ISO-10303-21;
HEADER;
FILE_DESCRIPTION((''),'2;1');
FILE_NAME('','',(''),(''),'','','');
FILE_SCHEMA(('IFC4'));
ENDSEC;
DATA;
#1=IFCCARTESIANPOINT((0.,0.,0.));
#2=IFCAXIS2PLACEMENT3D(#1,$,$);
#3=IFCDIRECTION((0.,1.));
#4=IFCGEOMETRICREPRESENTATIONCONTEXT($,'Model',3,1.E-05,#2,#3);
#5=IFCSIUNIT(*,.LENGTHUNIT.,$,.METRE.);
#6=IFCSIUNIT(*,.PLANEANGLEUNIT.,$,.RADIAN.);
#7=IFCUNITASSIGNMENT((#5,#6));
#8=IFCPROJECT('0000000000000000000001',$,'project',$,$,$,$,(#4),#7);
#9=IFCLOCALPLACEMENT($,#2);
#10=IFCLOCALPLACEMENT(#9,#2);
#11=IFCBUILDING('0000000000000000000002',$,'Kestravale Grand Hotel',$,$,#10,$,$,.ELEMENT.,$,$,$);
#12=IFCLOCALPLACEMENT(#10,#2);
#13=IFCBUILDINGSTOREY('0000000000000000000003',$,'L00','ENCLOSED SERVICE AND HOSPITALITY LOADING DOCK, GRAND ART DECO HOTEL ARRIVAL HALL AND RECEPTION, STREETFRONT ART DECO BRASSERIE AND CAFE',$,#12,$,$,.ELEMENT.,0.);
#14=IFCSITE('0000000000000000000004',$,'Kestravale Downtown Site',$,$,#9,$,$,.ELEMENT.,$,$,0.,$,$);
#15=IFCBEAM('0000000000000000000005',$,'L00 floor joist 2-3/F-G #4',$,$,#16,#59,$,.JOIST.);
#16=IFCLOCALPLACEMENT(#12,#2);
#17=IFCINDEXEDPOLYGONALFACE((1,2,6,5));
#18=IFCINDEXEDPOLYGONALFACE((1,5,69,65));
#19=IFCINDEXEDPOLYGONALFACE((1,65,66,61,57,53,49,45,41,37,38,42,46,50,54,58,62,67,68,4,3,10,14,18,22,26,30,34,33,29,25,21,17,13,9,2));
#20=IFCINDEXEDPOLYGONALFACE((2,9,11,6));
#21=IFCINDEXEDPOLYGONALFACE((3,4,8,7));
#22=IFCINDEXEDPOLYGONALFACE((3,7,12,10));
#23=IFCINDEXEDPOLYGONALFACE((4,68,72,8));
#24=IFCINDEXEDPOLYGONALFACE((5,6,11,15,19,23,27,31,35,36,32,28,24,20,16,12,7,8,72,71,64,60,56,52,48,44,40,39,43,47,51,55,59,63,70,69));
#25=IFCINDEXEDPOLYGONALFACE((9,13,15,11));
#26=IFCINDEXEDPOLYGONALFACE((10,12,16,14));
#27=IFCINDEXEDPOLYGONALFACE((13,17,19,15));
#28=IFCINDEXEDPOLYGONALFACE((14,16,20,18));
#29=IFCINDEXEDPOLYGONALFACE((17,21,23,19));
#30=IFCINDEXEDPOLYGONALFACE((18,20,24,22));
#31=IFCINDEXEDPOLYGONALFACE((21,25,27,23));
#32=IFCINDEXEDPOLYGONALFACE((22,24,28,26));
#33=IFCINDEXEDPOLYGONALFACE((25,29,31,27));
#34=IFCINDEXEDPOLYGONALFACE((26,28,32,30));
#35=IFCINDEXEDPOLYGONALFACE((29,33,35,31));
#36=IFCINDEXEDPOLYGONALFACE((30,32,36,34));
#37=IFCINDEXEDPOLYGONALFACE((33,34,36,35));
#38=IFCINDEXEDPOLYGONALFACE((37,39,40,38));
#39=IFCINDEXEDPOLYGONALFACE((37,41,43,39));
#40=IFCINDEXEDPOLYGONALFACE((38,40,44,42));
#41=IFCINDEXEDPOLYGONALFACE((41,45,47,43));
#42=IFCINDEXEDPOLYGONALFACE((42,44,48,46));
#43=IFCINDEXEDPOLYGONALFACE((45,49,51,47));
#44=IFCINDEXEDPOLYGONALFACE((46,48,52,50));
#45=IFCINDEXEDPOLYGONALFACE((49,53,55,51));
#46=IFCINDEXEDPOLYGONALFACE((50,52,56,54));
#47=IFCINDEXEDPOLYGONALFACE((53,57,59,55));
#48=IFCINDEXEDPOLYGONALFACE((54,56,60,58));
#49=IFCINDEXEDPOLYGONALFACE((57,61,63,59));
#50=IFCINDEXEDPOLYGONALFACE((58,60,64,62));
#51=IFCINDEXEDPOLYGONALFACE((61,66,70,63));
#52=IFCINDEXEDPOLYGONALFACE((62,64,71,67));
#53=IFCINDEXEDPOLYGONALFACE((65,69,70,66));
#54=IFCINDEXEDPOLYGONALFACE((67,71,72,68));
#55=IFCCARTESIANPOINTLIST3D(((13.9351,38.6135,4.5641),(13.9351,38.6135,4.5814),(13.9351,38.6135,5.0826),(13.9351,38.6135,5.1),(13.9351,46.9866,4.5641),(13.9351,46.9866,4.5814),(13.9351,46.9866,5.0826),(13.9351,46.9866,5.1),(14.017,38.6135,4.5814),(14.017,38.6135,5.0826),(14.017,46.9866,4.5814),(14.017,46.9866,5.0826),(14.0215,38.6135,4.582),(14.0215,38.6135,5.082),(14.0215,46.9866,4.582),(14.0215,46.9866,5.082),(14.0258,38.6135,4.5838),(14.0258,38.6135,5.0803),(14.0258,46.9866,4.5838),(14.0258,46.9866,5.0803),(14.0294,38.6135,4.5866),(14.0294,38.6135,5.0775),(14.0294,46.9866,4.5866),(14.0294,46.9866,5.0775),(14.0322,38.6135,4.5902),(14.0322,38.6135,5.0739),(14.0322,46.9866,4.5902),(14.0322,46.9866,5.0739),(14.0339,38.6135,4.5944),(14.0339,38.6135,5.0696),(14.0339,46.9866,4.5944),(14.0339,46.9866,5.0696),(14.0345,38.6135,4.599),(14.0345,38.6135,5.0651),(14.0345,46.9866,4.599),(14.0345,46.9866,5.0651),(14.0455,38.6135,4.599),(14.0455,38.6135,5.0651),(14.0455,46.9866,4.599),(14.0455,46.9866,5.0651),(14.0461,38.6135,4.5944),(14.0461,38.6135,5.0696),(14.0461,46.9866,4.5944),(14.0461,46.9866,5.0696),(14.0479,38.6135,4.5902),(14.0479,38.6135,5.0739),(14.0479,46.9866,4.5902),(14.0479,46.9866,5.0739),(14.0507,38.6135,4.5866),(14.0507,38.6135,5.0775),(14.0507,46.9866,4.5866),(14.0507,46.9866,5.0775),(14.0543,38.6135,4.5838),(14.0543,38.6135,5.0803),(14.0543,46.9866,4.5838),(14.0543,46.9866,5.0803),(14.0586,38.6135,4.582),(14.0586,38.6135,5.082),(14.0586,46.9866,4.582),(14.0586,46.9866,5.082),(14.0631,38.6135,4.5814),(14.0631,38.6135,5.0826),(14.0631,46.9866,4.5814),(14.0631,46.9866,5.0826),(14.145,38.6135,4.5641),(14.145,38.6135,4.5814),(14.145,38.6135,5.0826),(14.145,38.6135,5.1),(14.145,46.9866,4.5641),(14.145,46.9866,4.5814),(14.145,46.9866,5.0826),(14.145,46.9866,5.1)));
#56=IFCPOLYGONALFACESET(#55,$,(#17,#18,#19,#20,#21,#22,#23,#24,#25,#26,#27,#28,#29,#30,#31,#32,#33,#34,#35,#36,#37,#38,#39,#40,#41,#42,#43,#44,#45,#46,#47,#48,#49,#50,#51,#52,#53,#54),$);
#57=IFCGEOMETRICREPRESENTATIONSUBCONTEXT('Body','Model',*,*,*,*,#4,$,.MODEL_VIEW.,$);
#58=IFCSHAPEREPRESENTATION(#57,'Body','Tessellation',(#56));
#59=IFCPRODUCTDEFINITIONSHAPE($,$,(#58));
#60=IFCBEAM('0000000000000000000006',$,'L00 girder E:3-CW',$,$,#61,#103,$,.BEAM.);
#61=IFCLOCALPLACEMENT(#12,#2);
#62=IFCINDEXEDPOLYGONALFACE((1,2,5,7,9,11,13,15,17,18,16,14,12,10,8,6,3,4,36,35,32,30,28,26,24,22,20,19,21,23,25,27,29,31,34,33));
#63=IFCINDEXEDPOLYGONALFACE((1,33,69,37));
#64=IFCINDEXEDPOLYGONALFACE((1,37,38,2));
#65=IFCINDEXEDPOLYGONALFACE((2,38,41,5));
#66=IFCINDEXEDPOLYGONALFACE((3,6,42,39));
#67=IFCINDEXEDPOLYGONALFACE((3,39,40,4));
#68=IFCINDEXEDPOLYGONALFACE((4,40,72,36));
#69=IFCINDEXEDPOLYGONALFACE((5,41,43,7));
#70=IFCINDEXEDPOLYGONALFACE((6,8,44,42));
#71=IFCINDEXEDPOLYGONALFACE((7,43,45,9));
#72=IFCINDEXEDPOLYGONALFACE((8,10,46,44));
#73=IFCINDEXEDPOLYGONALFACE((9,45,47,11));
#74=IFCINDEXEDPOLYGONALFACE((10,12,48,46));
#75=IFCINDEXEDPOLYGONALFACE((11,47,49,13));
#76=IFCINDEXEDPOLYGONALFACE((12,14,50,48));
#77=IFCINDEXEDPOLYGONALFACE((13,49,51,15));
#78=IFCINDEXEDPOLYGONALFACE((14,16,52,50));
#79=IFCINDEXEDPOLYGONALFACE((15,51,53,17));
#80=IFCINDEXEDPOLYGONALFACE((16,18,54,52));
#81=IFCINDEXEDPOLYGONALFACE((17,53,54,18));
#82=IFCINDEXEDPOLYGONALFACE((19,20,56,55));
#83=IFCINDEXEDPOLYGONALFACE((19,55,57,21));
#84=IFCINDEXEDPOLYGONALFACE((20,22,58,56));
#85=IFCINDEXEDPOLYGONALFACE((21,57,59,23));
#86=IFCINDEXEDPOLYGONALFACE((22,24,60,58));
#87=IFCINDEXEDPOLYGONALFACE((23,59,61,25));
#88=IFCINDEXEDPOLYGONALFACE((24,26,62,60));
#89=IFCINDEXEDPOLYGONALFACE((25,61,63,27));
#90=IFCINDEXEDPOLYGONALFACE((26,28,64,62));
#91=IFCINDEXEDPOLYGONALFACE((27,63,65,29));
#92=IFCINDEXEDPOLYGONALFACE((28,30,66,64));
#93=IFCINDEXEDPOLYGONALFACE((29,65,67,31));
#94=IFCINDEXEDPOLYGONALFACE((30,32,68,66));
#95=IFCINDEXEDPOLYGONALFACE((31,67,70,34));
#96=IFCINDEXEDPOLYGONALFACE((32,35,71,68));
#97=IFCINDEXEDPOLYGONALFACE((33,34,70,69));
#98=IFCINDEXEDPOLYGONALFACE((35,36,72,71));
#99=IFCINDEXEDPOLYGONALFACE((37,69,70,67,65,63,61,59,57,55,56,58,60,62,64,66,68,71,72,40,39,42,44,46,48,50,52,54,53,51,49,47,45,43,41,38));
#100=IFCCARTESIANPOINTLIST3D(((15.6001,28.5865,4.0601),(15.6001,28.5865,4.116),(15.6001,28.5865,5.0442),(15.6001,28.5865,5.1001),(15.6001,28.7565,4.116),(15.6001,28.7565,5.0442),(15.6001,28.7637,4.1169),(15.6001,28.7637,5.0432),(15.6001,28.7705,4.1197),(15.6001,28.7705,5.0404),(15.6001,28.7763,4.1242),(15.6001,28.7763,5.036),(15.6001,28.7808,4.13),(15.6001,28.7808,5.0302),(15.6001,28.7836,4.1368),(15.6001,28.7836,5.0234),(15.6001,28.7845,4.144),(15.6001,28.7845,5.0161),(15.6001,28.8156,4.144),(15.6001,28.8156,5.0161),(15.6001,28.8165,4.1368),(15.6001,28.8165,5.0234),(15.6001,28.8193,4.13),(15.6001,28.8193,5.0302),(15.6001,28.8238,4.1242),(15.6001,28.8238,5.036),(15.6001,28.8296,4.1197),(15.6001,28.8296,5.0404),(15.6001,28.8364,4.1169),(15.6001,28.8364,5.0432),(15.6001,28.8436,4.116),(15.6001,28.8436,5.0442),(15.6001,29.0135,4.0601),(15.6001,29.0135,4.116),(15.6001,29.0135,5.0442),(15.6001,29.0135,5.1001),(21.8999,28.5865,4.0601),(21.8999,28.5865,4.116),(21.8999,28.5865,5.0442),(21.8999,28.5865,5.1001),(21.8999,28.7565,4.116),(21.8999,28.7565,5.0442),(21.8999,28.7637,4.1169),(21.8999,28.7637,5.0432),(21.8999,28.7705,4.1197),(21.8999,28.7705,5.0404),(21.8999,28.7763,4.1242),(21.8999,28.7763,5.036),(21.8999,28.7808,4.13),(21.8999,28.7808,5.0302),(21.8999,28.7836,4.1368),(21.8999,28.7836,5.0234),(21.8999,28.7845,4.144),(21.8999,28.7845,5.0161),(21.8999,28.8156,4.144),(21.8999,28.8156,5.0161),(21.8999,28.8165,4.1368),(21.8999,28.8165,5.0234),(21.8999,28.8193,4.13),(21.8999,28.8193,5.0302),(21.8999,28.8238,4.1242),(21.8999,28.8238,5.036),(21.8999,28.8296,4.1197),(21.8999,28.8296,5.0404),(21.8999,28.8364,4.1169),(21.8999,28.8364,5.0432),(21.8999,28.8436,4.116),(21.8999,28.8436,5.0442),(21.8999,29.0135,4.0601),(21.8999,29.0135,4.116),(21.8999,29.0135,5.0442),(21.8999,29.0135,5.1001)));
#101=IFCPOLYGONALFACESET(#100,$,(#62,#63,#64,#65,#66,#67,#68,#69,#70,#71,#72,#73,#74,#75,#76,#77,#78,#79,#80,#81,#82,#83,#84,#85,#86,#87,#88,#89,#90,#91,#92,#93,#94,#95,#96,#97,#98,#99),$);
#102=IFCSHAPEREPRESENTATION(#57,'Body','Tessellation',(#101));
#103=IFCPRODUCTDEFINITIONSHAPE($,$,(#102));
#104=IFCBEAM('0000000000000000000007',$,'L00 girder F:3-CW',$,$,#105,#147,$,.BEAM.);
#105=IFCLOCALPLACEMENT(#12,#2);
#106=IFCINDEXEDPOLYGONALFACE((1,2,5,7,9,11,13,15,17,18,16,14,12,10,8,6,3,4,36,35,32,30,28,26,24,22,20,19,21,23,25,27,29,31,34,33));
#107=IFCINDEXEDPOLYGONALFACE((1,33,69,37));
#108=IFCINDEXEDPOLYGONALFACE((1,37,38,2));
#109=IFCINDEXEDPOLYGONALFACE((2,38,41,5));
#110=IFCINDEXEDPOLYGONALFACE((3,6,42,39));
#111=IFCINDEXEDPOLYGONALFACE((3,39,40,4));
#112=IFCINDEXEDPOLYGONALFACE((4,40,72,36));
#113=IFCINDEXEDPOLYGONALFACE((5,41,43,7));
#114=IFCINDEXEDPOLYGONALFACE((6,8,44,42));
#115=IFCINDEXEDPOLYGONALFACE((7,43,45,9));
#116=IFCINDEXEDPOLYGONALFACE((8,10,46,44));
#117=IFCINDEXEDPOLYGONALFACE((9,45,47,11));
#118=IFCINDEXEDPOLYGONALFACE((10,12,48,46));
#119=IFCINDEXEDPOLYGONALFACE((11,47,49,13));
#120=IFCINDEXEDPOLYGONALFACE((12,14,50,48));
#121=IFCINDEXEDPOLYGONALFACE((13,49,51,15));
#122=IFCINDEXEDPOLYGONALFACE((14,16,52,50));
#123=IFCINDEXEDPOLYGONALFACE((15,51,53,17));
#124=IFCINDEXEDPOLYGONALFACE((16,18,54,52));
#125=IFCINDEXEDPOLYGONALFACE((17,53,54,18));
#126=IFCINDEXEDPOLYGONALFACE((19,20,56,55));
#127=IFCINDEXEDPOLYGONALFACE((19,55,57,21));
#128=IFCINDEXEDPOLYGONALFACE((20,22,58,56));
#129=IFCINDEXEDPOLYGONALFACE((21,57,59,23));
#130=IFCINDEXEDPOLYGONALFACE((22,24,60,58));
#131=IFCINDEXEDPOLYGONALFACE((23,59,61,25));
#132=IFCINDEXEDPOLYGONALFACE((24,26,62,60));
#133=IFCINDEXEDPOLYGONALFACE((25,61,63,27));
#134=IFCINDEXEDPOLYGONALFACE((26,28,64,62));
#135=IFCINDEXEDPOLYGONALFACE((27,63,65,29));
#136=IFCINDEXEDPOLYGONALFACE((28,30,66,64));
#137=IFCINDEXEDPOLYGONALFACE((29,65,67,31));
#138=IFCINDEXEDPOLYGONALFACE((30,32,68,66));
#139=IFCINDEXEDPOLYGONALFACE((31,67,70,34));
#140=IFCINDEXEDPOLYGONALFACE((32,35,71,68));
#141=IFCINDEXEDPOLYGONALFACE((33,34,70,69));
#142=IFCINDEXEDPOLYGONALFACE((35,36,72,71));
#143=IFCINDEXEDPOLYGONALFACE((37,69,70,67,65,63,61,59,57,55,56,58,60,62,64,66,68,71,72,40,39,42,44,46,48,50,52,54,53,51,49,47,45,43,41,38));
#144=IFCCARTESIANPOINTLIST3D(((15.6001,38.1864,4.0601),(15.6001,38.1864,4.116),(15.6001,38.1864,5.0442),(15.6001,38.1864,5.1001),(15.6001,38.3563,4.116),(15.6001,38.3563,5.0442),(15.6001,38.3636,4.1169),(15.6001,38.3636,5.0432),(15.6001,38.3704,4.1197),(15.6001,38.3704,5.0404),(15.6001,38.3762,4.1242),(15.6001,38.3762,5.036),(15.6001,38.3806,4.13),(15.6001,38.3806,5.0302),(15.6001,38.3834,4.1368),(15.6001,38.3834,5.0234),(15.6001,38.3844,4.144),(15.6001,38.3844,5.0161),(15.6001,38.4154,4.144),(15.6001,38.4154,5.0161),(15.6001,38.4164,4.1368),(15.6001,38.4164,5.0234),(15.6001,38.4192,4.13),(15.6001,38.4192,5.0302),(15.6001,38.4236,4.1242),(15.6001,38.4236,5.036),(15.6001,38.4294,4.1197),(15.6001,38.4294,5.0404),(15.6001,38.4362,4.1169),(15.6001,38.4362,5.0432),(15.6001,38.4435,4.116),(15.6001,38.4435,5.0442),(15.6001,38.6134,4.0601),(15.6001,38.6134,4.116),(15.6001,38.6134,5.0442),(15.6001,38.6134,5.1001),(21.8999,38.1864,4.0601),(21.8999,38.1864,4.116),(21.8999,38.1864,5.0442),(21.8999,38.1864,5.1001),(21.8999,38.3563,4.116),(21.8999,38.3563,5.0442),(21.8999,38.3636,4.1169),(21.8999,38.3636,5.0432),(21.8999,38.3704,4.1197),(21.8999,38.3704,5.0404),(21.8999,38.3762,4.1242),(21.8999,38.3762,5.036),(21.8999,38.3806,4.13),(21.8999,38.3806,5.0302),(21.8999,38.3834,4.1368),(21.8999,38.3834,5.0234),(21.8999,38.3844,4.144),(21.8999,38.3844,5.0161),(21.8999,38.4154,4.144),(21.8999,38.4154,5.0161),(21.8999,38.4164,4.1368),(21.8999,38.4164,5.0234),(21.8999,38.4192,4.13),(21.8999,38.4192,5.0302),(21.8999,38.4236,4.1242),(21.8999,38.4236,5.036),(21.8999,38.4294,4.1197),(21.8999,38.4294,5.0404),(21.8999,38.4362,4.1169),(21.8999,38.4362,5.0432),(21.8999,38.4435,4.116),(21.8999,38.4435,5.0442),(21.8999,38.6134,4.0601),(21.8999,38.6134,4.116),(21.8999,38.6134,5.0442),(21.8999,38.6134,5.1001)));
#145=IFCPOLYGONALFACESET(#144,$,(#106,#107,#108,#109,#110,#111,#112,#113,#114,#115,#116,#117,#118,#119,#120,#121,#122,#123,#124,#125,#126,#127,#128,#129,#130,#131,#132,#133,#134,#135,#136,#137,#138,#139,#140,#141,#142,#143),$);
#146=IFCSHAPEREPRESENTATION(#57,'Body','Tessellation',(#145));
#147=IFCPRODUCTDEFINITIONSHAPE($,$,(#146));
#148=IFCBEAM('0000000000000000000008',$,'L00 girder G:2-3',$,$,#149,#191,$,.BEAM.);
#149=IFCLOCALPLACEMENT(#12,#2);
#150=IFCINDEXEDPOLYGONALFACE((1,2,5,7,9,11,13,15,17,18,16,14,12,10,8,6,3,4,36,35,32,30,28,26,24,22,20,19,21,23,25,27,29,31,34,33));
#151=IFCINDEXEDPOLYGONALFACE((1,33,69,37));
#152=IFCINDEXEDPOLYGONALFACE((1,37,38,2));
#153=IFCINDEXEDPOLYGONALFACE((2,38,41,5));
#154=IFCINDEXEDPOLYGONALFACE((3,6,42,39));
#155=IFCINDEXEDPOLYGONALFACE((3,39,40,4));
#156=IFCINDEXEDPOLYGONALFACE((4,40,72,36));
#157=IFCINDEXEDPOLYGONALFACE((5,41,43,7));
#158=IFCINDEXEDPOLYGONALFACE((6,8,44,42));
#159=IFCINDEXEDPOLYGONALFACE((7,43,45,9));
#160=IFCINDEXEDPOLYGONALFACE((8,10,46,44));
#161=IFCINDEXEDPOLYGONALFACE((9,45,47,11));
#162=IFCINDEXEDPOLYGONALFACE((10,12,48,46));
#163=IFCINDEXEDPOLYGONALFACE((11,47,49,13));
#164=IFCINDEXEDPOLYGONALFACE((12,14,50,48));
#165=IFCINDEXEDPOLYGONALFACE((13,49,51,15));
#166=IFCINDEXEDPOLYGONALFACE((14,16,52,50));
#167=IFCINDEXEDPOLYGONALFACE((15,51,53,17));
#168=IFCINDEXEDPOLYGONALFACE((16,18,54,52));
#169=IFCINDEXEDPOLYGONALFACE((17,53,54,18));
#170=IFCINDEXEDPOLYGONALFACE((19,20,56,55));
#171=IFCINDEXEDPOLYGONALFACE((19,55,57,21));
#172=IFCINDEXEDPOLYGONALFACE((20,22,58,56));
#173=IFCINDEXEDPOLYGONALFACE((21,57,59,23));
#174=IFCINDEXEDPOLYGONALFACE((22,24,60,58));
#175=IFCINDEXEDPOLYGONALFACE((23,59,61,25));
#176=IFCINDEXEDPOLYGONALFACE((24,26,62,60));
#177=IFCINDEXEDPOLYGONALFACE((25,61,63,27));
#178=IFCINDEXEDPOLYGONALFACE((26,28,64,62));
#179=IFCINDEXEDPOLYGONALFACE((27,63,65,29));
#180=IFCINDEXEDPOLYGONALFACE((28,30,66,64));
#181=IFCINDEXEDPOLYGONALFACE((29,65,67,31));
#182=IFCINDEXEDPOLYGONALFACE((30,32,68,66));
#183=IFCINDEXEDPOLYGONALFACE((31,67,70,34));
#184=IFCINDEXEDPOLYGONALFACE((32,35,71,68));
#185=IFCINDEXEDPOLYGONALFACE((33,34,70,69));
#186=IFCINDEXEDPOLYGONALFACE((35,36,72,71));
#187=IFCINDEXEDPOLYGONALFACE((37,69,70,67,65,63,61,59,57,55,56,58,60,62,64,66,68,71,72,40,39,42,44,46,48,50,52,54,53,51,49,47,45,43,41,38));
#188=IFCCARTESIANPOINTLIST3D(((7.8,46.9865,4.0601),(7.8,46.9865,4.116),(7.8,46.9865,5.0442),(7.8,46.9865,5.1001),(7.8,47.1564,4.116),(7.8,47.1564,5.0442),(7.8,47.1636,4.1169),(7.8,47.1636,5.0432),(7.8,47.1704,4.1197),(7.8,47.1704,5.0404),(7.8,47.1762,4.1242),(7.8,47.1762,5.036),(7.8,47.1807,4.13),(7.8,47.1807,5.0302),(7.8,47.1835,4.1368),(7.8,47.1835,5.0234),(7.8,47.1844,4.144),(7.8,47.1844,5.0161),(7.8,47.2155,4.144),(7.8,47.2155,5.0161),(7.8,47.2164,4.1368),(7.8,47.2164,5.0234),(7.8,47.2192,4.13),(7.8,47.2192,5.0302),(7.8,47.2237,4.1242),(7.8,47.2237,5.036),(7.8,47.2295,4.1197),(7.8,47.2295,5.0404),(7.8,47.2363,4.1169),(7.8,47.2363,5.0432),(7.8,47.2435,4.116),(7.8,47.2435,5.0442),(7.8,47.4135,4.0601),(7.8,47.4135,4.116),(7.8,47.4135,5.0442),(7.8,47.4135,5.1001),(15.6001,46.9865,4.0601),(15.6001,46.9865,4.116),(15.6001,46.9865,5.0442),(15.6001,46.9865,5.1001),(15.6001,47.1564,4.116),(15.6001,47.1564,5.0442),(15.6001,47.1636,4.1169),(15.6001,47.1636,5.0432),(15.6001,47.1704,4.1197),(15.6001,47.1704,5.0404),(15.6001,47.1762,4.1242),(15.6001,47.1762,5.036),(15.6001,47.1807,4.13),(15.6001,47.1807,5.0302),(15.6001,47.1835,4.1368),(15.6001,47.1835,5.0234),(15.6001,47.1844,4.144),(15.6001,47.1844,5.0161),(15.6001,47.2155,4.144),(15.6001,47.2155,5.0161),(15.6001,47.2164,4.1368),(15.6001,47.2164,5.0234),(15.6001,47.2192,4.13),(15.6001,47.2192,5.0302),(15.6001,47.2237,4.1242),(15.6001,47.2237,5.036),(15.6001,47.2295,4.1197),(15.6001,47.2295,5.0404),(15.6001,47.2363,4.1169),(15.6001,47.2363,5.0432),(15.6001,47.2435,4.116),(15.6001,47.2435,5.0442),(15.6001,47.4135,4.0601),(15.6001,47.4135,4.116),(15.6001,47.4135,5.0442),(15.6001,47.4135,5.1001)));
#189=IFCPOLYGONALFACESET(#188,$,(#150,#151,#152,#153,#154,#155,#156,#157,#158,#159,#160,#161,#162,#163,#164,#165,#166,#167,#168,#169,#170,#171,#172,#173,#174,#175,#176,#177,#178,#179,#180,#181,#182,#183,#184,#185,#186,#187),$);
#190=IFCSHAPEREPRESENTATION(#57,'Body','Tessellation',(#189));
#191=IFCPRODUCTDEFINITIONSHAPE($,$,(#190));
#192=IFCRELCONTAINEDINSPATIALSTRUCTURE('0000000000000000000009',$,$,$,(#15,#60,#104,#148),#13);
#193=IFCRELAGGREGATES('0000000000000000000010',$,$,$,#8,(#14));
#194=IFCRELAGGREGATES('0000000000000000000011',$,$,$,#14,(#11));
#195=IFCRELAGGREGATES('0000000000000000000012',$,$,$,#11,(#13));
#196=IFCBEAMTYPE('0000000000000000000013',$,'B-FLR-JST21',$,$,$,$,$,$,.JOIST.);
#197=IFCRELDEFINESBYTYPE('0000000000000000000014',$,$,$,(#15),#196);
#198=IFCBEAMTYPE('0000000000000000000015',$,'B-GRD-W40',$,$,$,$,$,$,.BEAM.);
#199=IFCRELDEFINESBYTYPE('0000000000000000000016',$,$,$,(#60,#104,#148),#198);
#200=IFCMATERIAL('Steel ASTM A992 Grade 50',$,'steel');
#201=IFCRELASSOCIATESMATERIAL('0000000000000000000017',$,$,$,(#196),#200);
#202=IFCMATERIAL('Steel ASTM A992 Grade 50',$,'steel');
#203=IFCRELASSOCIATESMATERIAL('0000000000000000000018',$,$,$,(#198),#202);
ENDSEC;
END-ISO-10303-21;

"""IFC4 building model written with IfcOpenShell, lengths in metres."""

from ifc_helpers import new_model, si_unit, direction, frame, origin, origin_2d, place, context, subcontext, project, spatial, i_section, extrude, material, material_profile, profile_set, type_object, element, save


model = new_model("IFC4")

# Units and contexts
model_context = context("Model", 3, precision=1e-05, world=origin(), true_north=direction((0.0, 1.0)))
body_context = subcontext(model_context, "Body", "Model", "MODEL_VIEW")
ifc_project = project(units=[si_unit("LENGTHUNIT", "METRE"), si_unit("PLANEANGLEUNIT", "RADIAN")], contexts=[model_context])

# Site, building, storey
site_placement = place(None, origin())
site = spatial("IfcSite", under=ifc_project, at=site_placement, Name="Kestravale Downtown Site", CompositionType="ELEMENT", RefElevation=0.0)
building_placement = place(site_placement, origin())
building = spatial("IfcBuilding", under=site, at=building_placement, Name="Kestravale Grand Hotel", CompositionType="ELEMENT")
storey_placement = place(building_placement, origin())
storey = spatial("IfcBuildingStorey", under=building, at=storey_placement, Name="L00", Description="ENCLOSED SERVICE AND HOSPITALITY LOADING DOCK, GRAND ART DECO HOTEL ARRIVAL HALL AND RECEPTION, STREETFRONT ART DECO BRASSERIE AND CAFE", CompositionType="ELEMENT", Elevation=0.0)

# Beams
ifc_material_1 = material(Name="Steel ASTM A992 Grade 50", Category="steel")
ifc_material_profile_1 = material_profile(ifc_material_1, i_section(OverallWidth=0.21, OverallDepth=0.5359, WebThickness=0.011, FlangeThickness=0.0173, FilletRadius=0.0176, at=origin_2d()))
ifc_profile_set_1 = profile_set([ifc_material_profile_1], Name="Steel ASTM A992 Grade 50")
beam_type_1 = type_object("IfcBeamType", Name="B-FLR-JST21", PredefinedType="JOIST", material=ifc_profile_set_1)
for number, where, z_axis, x_axis, name in (
    (1, (14.04, 38.6135, 4.832), (0.0, 1.0, 0.0), (-1.0, 0.0, 0.0), "L00 floor joist 2-3/F-G #4"),
):
    element("IfcBeam", number, at=place(storey_placement, frame(where, z_axis=z_axis, x_axis=x_axis)), inside=storey, type_object=beam_type_1, Name=name, PredefinedType="JOIST", context=body_context, shape_type="SweptSolid", body=[
        extrude(i_section(OverallWidth=0.21, OverallDepth=0.5359, WebThickness=0.011, FlangeThickness=0.0173, FilletRadius=0.0176, at=origin_2d()), origin(), (0.0, 0.0, 1.0), 8.373),
    ])
ifc_material_2 = material(Name="Steel ASTM A992 Grade 50", Category="steel")
ifc_material_profile_2 = material_profile(ifc_material_2, i_section(OverallWidth=0.427, OverallDepth=1.04, WebThickness=0.031, FlangeThickness=0.0559, FilletRadius=0.0281, at=origin_2d()))
ifc_profile_set_2 = profile_set([ifc_material_profile_2], Name="Steel ASTM A992 Grade 50")
beam_type_2 = type_object("IfcBeamType", Name="B-GRD-W40", PredefinedType="BEAM", material=ifc_profile_set_2)
for number, where, z_axis, x_axis, name in (
    (2, (15.6001, 28.8, 4.5801), (1.0, 0.0, 0.0), (0.0, 1.0, 0.0), "L00 girder E:3-CW"),
    (3, (15.6001, 38.3999, 4.5801), (1.0, 0.0, 0.0), (0.0, 1.0, 0.0), "L00 girder F:3-CW"),
):
    element("IfcBeam", number, at=place(storey_placement, frame(where, z_axis=z_axis, x_axis=x_axis)), inside=storey, type_object=beam_type_2, Name=name, PredefinedType="BEAM", context=body_context, shape_type="SweptSolid", body=[
        extrude(i_section(OverallWidth=0.427, OverallDepth=1.04, WebThickness=0.031, FlangeThickness=0.0559, FilletRadius=0.0281, at=origin_2d()), origin(), (0.0, 0.0, 1.0), 6.2998),
    ])
beam_1_placement = place(storey_placement, frame((7.8, 47.2, 4.5801), z_axis=(1.0, 0.0, 0.0), x_axis=(0.0, 1.0, 0.0)))
element("IfcBeam", 4, at=beam_1_placement, inside=storey, type_object=beam_type_2, Name="L00 girder G:2-3", PredefinedType="BEAM", context=body_context, shape_type="SweptSolid", body=[
    extrude(i_section(OverallWidth=0.427, OverallDepth=1.04, WebThickness=0.031, FlangeThickness=0.0559, FilletRadius=0.0281, at=origin_2d()), origin(), (0.0, 0.0, 1.0), 7.8),
])

save(model, "model.ifc")
